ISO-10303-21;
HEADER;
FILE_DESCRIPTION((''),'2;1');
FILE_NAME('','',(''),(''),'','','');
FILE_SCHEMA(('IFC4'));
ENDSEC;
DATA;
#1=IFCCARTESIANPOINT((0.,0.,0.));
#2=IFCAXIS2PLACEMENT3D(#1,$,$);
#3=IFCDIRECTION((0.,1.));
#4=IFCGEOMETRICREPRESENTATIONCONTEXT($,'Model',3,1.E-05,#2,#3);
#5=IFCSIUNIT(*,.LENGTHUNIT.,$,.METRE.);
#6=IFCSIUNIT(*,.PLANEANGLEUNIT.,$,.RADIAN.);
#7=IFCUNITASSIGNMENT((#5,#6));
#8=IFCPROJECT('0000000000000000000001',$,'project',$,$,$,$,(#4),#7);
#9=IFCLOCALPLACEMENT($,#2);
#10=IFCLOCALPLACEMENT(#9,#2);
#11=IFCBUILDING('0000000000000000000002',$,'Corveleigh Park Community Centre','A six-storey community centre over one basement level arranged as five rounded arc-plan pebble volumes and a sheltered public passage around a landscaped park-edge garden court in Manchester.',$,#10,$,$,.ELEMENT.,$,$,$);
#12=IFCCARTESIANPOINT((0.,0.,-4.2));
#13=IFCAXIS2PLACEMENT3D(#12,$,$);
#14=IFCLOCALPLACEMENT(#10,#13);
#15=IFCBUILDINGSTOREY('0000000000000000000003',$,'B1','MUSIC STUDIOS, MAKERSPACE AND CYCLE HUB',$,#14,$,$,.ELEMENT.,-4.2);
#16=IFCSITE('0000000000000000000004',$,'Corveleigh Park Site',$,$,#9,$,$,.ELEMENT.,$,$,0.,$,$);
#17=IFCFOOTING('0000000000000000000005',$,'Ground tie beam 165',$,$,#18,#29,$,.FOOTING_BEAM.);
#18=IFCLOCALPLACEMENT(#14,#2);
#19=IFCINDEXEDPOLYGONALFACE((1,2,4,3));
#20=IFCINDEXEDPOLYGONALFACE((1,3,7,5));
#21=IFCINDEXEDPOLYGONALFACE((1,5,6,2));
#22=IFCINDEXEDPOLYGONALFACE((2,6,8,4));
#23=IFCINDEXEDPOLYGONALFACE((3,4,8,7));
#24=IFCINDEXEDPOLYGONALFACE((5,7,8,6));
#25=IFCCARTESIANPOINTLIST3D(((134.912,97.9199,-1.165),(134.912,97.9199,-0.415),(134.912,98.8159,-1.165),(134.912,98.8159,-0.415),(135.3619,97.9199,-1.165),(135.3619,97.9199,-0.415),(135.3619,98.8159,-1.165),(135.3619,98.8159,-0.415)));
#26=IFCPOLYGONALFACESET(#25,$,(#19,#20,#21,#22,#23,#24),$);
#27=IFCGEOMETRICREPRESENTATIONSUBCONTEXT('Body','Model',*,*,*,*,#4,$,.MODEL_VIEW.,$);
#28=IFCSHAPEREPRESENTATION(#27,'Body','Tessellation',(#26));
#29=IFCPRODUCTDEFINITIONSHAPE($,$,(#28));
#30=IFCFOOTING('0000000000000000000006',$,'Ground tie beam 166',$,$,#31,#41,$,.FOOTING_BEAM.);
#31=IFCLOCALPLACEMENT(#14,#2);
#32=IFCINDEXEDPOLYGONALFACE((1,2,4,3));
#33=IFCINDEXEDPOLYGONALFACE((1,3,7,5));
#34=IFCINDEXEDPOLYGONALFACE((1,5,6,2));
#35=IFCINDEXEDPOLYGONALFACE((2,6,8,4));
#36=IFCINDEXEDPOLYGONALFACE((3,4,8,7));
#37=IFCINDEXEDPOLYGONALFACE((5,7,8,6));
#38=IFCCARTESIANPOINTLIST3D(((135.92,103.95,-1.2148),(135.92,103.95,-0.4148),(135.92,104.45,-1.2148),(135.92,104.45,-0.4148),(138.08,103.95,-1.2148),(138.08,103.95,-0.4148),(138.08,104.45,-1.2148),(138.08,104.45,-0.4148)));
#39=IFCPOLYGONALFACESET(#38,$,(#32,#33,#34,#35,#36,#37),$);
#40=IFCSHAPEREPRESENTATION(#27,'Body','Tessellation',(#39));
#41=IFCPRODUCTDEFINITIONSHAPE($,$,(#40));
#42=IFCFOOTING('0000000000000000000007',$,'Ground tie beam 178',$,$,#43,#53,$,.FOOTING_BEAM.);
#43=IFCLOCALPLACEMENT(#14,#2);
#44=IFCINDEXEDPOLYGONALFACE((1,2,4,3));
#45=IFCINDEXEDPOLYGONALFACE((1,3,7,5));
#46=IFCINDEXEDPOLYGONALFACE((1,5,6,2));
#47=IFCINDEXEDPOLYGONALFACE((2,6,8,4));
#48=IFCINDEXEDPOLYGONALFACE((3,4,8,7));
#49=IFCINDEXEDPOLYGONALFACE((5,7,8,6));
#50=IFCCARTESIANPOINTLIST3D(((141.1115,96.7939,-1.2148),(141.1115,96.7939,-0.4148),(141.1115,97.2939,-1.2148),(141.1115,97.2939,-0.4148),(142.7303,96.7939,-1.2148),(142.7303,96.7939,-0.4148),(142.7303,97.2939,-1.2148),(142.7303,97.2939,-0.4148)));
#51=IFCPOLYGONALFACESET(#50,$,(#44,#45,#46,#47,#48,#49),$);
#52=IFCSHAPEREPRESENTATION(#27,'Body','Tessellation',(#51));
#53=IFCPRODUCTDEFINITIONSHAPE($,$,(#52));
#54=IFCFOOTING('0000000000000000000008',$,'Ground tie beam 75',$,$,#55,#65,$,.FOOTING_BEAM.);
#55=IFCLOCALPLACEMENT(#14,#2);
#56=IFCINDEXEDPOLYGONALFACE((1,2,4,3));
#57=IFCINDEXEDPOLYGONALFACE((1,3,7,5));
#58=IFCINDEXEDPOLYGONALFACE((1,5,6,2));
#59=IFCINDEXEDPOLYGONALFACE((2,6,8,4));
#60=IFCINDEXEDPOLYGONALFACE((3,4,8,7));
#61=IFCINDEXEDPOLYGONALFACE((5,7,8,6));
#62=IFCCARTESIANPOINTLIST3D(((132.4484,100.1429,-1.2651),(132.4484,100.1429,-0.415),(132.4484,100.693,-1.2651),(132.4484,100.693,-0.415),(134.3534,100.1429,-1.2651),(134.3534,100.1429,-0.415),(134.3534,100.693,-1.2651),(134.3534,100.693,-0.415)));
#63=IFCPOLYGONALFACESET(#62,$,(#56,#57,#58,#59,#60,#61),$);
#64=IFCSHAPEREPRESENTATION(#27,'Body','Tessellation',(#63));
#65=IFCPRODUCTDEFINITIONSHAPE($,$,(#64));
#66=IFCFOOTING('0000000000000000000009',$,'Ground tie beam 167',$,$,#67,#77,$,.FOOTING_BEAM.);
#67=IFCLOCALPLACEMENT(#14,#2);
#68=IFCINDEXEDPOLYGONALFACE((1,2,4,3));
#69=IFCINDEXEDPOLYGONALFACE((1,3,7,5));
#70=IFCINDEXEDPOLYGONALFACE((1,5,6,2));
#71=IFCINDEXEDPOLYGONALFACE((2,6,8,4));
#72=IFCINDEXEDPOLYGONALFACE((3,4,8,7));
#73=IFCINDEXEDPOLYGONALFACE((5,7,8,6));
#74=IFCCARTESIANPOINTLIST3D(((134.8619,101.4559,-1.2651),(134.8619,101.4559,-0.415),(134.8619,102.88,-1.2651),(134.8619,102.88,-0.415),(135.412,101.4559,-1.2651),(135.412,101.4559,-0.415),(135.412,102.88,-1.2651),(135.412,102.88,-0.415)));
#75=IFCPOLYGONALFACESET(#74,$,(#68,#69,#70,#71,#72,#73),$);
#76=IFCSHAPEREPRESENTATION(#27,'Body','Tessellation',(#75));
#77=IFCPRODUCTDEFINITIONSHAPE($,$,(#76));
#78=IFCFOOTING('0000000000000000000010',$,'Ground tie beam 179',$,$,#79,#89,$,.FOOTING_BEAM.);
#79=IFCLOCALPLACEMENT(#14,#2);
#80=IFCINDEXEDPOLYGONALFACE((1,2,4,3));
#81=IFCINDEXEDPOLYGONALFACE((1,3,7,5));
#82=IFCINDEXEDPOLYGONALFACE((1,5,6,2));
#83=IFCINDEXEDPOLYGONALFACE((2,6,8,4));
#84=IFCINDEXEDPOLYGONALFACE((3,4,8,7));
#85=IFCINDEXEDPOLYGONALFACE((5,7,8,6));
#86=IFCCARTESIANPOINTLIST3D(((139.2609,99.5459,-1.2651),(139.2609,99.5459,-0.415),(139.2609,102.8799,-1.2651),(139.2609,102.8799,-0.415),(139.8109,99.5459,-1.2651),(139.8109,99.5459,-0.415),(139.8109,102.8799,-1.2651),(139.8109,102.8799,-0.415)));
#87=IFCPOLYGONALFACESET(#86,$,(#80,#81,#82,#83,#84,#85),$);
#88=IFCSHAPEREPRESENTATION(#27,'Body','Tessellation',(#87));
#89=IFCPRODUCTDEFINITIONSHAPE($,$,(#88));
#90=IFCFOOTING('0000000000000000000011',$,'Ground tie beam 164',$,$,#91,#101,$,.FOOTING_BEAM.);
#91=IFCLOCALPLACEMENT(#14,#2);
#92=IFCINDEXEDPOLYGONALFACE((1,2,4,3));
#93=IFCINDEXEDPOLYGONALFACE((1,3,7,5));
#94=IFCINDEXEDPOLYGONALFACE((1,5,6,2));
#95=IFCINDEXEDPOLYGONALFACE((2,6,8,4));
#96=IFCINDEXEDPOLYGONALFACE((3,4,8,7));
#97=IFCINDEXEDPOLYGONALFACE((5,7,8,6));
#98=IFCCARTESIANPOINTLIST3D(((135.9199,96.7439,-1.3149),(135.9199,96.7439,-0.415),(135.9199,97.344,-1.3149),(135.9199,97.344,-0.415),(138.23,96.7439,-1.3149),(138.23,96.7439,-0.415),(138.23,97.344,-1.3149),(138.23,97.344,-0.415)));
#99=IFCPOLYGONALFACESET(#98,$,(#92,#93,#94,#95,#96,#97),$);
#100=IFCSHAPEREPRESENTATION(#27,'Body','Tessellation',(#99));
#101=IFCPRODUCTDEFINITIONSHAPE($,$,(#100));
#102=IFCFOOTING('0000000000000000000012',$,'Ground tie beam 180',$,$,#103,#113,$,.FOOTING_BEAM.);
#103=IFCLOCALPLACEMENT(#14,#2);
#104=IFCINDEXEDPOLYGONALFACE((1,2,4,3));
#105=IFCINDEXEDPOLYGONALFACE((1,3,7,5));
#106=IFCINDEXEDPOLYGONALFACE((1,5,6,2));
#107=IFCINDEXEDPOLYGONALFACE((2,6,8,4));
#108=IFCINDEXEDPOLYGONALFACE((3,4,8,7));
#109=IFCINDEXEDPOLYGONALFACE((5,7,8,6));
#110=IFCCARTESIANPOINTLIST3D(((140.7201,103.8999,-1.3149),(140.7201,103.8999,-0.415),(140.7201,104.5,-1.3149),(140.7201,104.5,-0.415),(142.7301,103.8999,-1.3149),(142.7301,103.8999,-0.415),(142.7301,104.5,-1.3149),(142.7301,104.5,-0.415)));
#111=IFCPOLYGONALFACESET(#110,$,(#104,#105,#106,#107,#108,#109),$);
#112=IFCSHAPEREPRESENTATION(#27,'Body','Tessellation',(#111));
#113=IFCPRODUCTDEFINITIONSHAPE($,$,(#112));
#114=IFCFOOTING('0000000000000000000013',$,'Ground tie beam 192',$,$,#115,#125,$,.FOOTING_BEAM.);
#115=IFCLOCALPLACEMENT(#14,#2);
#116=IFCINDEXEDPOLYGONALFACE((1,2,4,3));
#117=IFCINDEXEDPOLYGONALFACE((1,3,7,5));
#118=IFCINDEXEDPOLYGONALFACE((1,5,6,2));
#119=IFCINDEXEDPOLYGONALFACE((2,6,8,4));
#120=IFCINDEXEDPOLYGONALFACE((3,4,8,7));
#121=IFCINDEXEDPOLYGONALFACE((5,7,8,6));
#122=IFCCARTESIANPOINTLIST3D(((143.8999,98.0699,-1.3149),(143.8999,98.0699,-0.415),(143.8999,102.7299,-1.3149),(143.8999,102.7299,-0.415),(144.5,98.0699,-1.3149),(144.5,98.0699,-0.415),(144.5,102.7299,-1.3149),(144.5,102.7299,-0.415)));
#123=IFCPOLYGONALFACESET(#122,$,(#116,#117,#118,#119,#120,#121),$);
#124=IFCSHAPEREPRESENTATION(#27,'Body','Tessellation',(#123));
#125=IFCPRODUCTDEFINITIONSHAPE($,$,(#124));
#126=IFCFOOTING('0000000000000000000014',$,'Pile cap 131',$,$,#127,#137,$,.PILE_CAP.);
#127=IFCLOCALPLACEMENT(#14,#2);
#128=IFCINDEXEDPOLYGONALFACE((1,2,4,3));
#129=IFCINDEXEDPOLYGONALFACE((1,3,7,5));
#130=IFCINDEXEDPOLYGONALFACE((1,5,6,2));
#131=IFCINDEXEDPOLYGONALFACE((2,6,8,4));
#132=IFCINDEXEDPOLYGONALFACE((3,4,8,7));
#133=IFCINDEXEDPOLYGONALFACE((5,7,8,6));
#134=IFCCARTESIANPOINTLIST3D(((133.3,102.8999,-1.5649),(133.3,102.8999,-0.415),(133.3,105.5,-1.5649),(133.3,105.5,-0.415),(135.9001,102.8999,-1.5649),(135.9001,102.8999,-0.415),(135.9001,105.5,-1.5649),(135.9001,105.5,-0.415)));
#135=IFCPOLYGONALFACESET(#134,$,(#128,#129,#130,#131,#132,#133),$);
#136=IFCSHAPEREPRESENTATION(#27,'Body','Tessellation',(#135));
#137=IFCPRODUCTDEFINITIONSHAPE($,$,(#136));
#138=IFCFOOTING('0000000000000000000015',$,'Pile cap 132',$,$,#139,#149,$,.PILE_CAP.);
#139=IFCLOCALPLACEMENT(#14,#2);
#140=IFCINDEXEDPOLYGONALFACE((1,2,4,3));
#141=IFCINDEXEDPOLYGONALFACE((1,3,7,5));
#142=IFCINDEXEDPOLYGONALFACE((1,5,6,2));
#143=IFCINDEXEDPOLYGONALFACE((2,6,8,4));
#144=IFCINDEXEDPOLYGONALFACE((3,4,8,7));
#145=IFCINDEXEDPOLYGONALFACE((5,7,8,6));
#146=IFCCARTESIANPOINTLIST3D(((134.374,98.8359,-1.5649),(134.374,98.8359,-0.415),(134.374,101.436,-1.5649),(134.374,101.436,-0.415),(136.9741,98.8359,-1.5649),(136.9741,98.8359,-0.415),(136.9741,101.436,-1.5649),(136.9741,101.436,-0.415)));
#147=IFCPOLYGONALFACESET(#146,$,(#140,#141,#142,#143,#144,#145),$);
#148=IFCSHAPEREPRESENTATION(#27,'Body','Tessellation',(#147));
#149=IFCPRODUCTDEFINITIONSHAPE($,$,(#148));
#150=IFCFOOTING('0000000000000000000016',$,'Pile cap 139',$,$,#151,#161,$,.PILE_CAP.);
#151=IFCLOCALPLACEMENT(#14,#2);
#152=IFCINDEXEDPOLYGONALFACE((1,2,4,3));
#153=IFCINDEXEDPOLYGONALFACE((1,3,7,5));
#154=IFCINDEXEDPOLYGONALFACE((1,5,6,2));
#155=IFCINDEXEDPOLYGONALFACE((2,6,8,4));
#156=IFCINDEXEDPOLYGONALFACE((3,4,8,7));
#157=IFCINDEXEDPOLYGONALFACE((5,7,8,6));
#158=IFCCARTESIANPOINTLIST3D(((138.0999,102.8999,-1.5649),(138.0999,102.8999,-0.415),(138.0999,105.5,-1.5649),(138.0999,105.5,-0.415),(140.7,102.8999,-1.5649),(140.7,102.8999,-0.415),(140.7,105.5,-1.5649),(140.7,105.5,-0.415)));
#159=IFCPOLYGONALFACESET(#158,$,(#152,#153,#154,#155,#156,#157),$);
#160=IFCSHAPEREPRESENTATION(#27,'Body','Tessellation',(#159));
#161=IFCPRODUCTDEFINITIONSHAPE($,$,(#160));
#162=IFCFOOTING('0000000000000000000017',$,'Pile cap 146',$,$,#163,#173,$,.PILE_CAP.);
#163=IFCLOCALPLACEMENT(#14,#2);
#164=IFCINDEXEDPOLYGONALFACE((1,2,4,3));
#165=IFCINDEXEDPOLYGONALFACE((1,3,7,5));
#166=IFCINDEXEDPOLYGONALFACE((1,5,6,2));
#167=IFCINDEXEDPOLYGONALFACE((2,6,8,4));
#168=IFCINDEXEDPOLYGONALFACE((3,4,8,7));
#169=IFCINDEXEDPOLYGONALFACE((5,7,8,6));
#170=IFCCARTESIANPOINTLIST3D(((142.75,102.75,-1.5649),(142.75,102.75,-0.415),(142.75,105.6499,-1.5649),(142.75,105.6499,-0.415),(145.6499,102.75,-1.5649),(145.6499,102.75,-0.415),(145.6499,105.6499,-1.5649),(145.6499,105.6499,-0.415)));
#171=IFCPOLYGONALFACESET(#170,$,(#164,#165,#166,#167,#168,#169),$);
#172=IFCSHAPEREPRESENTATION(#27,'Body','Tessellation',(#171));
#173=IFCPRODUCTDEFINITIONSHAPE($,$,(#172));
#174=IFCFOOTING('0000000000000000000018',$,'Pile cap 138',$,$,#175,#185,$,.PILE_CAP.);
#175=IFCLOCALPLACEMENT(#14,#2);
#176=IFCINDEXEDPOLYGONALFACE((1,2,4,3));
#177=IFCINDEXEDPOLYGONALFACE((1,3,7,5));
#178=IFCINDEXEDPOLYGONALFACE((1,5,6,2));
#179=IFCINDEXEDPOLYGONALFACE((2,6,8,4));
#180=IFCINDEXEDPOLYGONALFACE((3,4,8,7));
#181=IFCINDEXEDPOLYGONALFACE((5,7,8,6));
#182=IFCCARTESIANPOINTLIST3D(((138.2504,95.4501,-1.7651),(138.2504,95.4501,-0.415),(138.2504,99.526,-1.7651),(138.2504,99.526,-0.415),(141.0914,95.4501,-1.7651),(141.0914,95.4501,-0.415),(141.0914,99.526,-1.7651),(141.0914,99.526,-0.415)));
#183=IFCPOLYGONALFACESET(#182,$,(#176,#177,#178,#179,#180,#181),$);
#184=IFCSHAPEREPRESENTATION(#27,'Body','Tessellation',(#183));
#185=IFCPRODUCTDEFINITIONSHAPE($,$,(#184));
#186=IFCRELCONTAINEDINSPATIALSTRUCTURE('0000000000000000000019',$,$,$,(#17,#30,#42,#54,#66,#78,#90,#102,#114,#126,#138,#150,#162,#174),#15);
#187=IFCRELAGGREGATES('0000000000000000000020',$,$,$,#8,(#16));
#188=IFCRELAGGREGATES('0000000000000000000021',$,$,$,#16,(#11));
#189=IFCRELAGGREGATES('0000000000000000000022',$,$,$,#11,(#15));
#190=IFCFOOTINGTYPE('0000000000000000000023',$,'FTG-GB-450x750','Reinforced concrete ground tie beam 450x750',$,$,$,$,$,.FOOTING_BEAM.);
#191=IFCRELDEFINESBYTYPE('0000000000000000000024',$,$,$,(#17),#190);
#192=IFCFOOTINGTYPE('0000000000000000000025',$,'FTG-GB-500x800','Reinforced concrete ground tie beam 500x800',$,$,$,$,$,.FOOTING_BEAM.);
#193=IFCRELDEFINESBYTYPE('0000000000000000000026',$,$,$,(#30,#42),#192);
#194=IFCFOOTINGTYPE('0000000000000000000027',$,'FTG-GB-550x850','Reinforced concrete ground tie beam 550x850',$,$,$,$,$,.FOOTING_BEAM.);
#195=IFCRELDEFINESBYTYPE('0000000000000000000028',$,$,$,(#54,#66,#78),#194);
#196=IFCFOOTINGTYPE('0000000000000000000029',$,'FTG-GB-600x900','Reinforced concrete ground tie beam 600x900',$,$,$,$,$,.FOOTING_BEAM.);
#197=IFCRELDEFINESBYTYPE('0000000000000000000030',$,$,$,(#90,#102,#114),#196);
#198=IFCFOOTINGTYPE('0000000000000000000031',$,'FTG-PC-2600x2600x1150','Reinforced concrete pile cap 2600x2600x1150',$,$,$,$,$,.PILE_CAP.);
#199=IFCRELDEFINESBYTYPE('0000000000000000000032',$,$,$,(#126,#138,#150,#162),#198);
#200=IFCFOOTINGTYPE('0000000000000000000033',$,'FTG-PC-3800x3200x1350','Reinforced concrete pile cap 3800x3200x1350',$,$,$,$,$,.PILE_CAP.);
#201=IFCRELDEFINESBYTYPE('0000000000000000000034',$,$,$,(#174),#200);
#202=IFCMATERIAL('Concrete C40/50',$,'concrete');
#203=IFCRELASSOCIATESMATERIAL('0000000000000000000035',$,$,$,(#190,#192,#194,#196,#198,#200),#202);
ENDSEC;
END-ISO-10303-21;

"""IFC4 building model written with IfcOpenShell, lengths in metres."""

from ifc_helpers import new_model, si_unit, direction, frame, origin, origin_2d, place, context, subcontext, project, spatial, rectangle, extrude, material, type_object, element, save


model = new_model("IFC4")

# Units and contexts
model_context = context("Model", 3, precision=1e-05, world=origin(), true_north=direction((0.0, 1.0)))
body_context = subcontext(model_context, "Body", "Model", "MODEL_VIEW")
ifc_project = project(units=[si_unit("LENGTHUNIT", "METRE"), si_unit("PLANEANGLEUNIT", "RADIAN")], contexts=[model_context])

# Site, building, storey
site_placement = place(None, origin())
site = spatial("IfcSite", under=ifc_project, at=site_placement, Name="Corveleigh Park Site", CompositionType="ELEMENT", RefElevation=0.0)
building_placement = place(site_placement, origin())
building = spatial("IfcBuilding", under=site, at=building_placement, Name="Corveleigh Park Community Centre", Description="A six-storey community centre over one basement level arranged as five rounded arc-plan pebble volumes and a sheltered public passage around a landscaped park-edge garden court in Manchester.", CompositionType="ELEMENT")
storey_placement = place(building_placement, frame((0.0, 0.0, -4.2)))
storey = spatial("IfcBuildingStorey", under=building, at=storey_placement, Name="B1", Description="MUSIC STUDIOS, MAKERSPACE AND CYCLE HUB", CompositionType="ELEMENT", Elevation=-4.2)

# Footings
ifc_material_1 = material(Name="Concrete C40/50", Category="concrete")
footing_type_1 = type_object("IfcFootingType", Name="FTG-GB-450x750", Description="Reinforced concrete ground tie beam 450x750", PredefinedType="FOOTING_BEAM", material=ifc_material_1)
footing_1_placement = place(storey_placement, frame((135.137, 98.3679, -1.165), z_axis=(0.0, 0.0, 1.0), x_axis=(1.0, 0.0, 0.0)))
element("IfcFooting", 1, at=footing_1_placement, inside=storey, type_object=footing_type_1, Name="Ground tie beam 165", PredefinedType="FOOTING_BEAM", context=body_context, shape_type="SweptSolid", body=[
    extrude(rectangle(XDim=0.45, YDim=0.896, at=origin_2d()), origin(), (0.0, 0.0, 1.0), 0.75),
])
footing_type_2 = type_object("IfcFootingType", Name="FTG-GB-500x800", Description="Reinforced concrete ground tie beam 500x800", PredefinedType="FOOTING_BEAM", material=ifc_material_1)
footing_2_placement = place(storey_placement, frame((137.0, 104.2, -1.2148), z_axis=(0.0, 0.0, 1.0), x_axis=(1.0, 0.0, 0.0)))
element("IfcFooting", 2, at=footing_2_placement, inside=storey, type_object=footing_type_2, Name="Ground tie beam 166", PredefinedType="FOOTING_BEAM", context=body_context, shape_type="SweptSolid", body=[
    extrude(rectangle(XDim=2.1599, YDim=0.5, at=origin_2d()), origin(), (0.0, 0.0, 1.0), 0.8),
])
footing_3_placement = place(storey_placement, frame((141.9209, 97.0439, -1.2148), z_axis=(0.0, 0.0, 1.0), x_axis=(1.0, 0.0, 0.0)))
element("IfcFooting", 3, at=footing_3_placement, inside=storey, type_object=footing_type_2, Name="Ground tie beam 178", PredefinedType="FOOTING_BEAM", context=body_context, shape_type="SweptSolid", body=[
    extrude(rectangle(XDim=1.6189, YDim=0.5, at=origin_2d()), origin(), (0.0, 0.0, 1.0), 0.8),
])
footing_type_3 = type_object("IfcFootingType", Name="FTG-GB-550x850", Description="Reinforced concrete ground tie beam 550x850", PredefinedType="FOOTING_BEAM", material=ifc_material_1)
footing_4_placement = place(storey_placement, frame((133.4009, 100.418, -1.2651), z_axis=(0.0, 0.0, 1.0), x_axis=(1.0, 0.0, 0.0)))
element("IfcFooting", 4, at=footing_4_placement, inside=storey, type_object=footing_type_3, Name="Ground tie beam 75", PredefinedType="FOOTING_BEAM", context=body_context, shape_type="SweptSolid", body=[
    extrude(rectangle(XDim=1.905, YDim=0.55, at=origin_2d()), origin(), (0.0, 0.0, 1.0), 0.8501),
])
footing_5_placement = place(storey_placement, frame((135.137, 102.168, -1.2651), z_axis=(0.0, 0.0, 1.0), x_axis=(1.0, 0.0, 0.0)))
element("IfcFooting", 5, at=footing_5_placement, inside=storey, type_object=footing_type_3, Name="Ground tie beam 167", PredefinedType="FOOTING_BEAM", context=body_context, shape_type="SweptSolid", body=[
    extrude(rectangle(XDim=0.55, YDim=1.4241, at=origin_2d()), origin(), (0.0, 0.0, 1.0), 0.8501),
])
footing_6_placement = place(storey_placement, frame((139.5359, 101.2129, -1.2651), z_axis=(0.0, 0.0, 1.0), x_axis=(1.0, 0.0, 0.0)))
element("IfcFooting", 6, at=footing_6_placement, inside=storey, type_object=footing_type_3, Name="Ground tie beam 179", PredefinedType="FOOTING_BEAM", context=body_context, shape_type="SweptSolid", body=[
    extrude(rectangle(XDim=0.55, YDim=3.334, at=origin_2d()), origin(), (0.0, 0.0, 1.0), 0.8501),
])
footing_type_4 = type_object("IfcFootingType", Name="FTG-GB-600x900", Description="Reinforced concrete ground tie beam 600x900", PredefinedType="FOOTING_BEAM", material=ifc_material_1)
footing_7_placement = place(storey_placement, frame((137.075, 97.0439, -1.3149), z_axis=(0.0, 0.0, 1.0), x_axis=(1.0, 0.0, 0.0)))
element("IfcFooting", 7, at=footing_7_placement, inside=storey, type_object=footing_type_4, Name="Ground tie beam 164", PredefinedType="FOOTING_BEAM", context=body_context, shape_type="SweptSolid", body=[
    extrude(rectangle(XDim=2.3101, YDim=0.6001, at=origin_2d()), origin(), (0.0, 0.0, 1.0), 0.8999),
])
footing_8_placement = place(storey_placement, frame((141.7251, 104.2, -1.3149), z_axis=(0.0, 0.0, 1.0), x_axis=(1.0, 0.0, 0.0)))
element("IfcFooting", 8, at=footing_8_placement, inside=storey, type_object=footing_type_4, Name="Ground tie beam 180", PredefinedType="FOOTING_BEAM", context=body_context, shape_type="SweptSolid", body=[
    extrude(rectangle(XDim=2.01, YDim=0.6001, at=origin_2d()), origin(), (0.0, 0.0, 1.0), 0.8999),
])
footing_9_placement = place(storey_placement, frame((144.2, 100.3999, -1.3149), z_axis=(0.0, 0.0, 1.0), x_axis=(1.0, 0.0, 0.0)))
element("IfcFooting", 9, at=footing_9_placement, inside=storey, type_object=footing_type_4, Name="Ground tie beam 192", PredefinedType="FOOTING_BEAM", context=body_context, shape_type="SweptSolid", body=[
    extrude(rectangle(XDim=0.6001, YDim=4.6599, at=origin_2d()), origin(), (0.0, 0.0, 1.0), 0.8999),
])
footing_type_5 = type_object("IfcFootingType", Name="FTG-PC-2600x2600x1150", Description="Reinforced concrete pile cap 2600x2600x1150", PredefinedType="PILE_CAP", material=ifc_material_1)
for number, where, z_axis, x_axis, name in (
    (10, (134.6001, 104.2, -1.5649), (0.0, 0.0, 1.0), (1.0, 0.0, 0.0), "Pile cap 131"),
    (11, (135.6741, 100.136, -1.5649), (0.0, 0.0, 1.0), (1.0, 0.0, 0.0), "Pile cap 132"),
    (12, (139.3999, 104.2, -1.5649), (0.0, 0.0, 1.0), (1.0, 0.0, 0.0), "Pile cap 139"),
):
    element("IfcFooting", number, at=place(storey_placement, frame(where, z_axis=z_axis, x_axis=x_axis)), inside=storey, type_object=footing_type_5, Name=name, PredefinedType="PILE_CAP", context=body_context, shape_type="SweptSolid", body=[
        extrude(rectangle(XDim=2.6001, YDim=2.6001, at=origin_2d()), origin(), (0.0, 0.0, 1.0), 1.1499),
    ])
footing_10_placement = place(storey_placement, frame((144.2, 104.2, -1.5649), z_axis=(0.0, 0.0, 1.0), x_axis=(1.0, 0.0, 0.0)))
element("IfcFooting", 13, at=footing_10_placement, inside=storey, type_object=footing_type_5, Name="Pile cap 146", PredefinedType="PILE_CAP", context=body_context, shape_type="SweptSolid", body=[
    extrude(rectangle(XDim=2.8999, YDim=2.8999, at=origin_2d()), origin(), (0.0, 0.0, 1.0), 1.1499),
])
footing_type_6 = type_object("IfcFootingType", Name="FTG-PC-3800x3200x1350", Description="Reinforced concrete pile cap 3800x3200x1350", PredefinedType="PILE_CAP", material=ifc_material_1)
footing_11_placement = place(storey_placement, frame((139.6709, 97.488, -1.7651), z_axis=(0.0, 0.0, 1.0), x_axis=(1.0, 0.0, 0.0)))
element("IfcFooting", 14, at=footing_11_placement, inside=storey, type_object=footing_type_6, Name="Pile cap 138", PredefinedType="PILE_CAP", context=body_context, shape_type="SweptSolid", body=[
    extrude(rectangle(XDim=2.8411, YDim=4.0759, at=origin_2d()), origin(), (0.0, 0.0, 1.0), 1.3501),
])

save(model, "model.ifc")
